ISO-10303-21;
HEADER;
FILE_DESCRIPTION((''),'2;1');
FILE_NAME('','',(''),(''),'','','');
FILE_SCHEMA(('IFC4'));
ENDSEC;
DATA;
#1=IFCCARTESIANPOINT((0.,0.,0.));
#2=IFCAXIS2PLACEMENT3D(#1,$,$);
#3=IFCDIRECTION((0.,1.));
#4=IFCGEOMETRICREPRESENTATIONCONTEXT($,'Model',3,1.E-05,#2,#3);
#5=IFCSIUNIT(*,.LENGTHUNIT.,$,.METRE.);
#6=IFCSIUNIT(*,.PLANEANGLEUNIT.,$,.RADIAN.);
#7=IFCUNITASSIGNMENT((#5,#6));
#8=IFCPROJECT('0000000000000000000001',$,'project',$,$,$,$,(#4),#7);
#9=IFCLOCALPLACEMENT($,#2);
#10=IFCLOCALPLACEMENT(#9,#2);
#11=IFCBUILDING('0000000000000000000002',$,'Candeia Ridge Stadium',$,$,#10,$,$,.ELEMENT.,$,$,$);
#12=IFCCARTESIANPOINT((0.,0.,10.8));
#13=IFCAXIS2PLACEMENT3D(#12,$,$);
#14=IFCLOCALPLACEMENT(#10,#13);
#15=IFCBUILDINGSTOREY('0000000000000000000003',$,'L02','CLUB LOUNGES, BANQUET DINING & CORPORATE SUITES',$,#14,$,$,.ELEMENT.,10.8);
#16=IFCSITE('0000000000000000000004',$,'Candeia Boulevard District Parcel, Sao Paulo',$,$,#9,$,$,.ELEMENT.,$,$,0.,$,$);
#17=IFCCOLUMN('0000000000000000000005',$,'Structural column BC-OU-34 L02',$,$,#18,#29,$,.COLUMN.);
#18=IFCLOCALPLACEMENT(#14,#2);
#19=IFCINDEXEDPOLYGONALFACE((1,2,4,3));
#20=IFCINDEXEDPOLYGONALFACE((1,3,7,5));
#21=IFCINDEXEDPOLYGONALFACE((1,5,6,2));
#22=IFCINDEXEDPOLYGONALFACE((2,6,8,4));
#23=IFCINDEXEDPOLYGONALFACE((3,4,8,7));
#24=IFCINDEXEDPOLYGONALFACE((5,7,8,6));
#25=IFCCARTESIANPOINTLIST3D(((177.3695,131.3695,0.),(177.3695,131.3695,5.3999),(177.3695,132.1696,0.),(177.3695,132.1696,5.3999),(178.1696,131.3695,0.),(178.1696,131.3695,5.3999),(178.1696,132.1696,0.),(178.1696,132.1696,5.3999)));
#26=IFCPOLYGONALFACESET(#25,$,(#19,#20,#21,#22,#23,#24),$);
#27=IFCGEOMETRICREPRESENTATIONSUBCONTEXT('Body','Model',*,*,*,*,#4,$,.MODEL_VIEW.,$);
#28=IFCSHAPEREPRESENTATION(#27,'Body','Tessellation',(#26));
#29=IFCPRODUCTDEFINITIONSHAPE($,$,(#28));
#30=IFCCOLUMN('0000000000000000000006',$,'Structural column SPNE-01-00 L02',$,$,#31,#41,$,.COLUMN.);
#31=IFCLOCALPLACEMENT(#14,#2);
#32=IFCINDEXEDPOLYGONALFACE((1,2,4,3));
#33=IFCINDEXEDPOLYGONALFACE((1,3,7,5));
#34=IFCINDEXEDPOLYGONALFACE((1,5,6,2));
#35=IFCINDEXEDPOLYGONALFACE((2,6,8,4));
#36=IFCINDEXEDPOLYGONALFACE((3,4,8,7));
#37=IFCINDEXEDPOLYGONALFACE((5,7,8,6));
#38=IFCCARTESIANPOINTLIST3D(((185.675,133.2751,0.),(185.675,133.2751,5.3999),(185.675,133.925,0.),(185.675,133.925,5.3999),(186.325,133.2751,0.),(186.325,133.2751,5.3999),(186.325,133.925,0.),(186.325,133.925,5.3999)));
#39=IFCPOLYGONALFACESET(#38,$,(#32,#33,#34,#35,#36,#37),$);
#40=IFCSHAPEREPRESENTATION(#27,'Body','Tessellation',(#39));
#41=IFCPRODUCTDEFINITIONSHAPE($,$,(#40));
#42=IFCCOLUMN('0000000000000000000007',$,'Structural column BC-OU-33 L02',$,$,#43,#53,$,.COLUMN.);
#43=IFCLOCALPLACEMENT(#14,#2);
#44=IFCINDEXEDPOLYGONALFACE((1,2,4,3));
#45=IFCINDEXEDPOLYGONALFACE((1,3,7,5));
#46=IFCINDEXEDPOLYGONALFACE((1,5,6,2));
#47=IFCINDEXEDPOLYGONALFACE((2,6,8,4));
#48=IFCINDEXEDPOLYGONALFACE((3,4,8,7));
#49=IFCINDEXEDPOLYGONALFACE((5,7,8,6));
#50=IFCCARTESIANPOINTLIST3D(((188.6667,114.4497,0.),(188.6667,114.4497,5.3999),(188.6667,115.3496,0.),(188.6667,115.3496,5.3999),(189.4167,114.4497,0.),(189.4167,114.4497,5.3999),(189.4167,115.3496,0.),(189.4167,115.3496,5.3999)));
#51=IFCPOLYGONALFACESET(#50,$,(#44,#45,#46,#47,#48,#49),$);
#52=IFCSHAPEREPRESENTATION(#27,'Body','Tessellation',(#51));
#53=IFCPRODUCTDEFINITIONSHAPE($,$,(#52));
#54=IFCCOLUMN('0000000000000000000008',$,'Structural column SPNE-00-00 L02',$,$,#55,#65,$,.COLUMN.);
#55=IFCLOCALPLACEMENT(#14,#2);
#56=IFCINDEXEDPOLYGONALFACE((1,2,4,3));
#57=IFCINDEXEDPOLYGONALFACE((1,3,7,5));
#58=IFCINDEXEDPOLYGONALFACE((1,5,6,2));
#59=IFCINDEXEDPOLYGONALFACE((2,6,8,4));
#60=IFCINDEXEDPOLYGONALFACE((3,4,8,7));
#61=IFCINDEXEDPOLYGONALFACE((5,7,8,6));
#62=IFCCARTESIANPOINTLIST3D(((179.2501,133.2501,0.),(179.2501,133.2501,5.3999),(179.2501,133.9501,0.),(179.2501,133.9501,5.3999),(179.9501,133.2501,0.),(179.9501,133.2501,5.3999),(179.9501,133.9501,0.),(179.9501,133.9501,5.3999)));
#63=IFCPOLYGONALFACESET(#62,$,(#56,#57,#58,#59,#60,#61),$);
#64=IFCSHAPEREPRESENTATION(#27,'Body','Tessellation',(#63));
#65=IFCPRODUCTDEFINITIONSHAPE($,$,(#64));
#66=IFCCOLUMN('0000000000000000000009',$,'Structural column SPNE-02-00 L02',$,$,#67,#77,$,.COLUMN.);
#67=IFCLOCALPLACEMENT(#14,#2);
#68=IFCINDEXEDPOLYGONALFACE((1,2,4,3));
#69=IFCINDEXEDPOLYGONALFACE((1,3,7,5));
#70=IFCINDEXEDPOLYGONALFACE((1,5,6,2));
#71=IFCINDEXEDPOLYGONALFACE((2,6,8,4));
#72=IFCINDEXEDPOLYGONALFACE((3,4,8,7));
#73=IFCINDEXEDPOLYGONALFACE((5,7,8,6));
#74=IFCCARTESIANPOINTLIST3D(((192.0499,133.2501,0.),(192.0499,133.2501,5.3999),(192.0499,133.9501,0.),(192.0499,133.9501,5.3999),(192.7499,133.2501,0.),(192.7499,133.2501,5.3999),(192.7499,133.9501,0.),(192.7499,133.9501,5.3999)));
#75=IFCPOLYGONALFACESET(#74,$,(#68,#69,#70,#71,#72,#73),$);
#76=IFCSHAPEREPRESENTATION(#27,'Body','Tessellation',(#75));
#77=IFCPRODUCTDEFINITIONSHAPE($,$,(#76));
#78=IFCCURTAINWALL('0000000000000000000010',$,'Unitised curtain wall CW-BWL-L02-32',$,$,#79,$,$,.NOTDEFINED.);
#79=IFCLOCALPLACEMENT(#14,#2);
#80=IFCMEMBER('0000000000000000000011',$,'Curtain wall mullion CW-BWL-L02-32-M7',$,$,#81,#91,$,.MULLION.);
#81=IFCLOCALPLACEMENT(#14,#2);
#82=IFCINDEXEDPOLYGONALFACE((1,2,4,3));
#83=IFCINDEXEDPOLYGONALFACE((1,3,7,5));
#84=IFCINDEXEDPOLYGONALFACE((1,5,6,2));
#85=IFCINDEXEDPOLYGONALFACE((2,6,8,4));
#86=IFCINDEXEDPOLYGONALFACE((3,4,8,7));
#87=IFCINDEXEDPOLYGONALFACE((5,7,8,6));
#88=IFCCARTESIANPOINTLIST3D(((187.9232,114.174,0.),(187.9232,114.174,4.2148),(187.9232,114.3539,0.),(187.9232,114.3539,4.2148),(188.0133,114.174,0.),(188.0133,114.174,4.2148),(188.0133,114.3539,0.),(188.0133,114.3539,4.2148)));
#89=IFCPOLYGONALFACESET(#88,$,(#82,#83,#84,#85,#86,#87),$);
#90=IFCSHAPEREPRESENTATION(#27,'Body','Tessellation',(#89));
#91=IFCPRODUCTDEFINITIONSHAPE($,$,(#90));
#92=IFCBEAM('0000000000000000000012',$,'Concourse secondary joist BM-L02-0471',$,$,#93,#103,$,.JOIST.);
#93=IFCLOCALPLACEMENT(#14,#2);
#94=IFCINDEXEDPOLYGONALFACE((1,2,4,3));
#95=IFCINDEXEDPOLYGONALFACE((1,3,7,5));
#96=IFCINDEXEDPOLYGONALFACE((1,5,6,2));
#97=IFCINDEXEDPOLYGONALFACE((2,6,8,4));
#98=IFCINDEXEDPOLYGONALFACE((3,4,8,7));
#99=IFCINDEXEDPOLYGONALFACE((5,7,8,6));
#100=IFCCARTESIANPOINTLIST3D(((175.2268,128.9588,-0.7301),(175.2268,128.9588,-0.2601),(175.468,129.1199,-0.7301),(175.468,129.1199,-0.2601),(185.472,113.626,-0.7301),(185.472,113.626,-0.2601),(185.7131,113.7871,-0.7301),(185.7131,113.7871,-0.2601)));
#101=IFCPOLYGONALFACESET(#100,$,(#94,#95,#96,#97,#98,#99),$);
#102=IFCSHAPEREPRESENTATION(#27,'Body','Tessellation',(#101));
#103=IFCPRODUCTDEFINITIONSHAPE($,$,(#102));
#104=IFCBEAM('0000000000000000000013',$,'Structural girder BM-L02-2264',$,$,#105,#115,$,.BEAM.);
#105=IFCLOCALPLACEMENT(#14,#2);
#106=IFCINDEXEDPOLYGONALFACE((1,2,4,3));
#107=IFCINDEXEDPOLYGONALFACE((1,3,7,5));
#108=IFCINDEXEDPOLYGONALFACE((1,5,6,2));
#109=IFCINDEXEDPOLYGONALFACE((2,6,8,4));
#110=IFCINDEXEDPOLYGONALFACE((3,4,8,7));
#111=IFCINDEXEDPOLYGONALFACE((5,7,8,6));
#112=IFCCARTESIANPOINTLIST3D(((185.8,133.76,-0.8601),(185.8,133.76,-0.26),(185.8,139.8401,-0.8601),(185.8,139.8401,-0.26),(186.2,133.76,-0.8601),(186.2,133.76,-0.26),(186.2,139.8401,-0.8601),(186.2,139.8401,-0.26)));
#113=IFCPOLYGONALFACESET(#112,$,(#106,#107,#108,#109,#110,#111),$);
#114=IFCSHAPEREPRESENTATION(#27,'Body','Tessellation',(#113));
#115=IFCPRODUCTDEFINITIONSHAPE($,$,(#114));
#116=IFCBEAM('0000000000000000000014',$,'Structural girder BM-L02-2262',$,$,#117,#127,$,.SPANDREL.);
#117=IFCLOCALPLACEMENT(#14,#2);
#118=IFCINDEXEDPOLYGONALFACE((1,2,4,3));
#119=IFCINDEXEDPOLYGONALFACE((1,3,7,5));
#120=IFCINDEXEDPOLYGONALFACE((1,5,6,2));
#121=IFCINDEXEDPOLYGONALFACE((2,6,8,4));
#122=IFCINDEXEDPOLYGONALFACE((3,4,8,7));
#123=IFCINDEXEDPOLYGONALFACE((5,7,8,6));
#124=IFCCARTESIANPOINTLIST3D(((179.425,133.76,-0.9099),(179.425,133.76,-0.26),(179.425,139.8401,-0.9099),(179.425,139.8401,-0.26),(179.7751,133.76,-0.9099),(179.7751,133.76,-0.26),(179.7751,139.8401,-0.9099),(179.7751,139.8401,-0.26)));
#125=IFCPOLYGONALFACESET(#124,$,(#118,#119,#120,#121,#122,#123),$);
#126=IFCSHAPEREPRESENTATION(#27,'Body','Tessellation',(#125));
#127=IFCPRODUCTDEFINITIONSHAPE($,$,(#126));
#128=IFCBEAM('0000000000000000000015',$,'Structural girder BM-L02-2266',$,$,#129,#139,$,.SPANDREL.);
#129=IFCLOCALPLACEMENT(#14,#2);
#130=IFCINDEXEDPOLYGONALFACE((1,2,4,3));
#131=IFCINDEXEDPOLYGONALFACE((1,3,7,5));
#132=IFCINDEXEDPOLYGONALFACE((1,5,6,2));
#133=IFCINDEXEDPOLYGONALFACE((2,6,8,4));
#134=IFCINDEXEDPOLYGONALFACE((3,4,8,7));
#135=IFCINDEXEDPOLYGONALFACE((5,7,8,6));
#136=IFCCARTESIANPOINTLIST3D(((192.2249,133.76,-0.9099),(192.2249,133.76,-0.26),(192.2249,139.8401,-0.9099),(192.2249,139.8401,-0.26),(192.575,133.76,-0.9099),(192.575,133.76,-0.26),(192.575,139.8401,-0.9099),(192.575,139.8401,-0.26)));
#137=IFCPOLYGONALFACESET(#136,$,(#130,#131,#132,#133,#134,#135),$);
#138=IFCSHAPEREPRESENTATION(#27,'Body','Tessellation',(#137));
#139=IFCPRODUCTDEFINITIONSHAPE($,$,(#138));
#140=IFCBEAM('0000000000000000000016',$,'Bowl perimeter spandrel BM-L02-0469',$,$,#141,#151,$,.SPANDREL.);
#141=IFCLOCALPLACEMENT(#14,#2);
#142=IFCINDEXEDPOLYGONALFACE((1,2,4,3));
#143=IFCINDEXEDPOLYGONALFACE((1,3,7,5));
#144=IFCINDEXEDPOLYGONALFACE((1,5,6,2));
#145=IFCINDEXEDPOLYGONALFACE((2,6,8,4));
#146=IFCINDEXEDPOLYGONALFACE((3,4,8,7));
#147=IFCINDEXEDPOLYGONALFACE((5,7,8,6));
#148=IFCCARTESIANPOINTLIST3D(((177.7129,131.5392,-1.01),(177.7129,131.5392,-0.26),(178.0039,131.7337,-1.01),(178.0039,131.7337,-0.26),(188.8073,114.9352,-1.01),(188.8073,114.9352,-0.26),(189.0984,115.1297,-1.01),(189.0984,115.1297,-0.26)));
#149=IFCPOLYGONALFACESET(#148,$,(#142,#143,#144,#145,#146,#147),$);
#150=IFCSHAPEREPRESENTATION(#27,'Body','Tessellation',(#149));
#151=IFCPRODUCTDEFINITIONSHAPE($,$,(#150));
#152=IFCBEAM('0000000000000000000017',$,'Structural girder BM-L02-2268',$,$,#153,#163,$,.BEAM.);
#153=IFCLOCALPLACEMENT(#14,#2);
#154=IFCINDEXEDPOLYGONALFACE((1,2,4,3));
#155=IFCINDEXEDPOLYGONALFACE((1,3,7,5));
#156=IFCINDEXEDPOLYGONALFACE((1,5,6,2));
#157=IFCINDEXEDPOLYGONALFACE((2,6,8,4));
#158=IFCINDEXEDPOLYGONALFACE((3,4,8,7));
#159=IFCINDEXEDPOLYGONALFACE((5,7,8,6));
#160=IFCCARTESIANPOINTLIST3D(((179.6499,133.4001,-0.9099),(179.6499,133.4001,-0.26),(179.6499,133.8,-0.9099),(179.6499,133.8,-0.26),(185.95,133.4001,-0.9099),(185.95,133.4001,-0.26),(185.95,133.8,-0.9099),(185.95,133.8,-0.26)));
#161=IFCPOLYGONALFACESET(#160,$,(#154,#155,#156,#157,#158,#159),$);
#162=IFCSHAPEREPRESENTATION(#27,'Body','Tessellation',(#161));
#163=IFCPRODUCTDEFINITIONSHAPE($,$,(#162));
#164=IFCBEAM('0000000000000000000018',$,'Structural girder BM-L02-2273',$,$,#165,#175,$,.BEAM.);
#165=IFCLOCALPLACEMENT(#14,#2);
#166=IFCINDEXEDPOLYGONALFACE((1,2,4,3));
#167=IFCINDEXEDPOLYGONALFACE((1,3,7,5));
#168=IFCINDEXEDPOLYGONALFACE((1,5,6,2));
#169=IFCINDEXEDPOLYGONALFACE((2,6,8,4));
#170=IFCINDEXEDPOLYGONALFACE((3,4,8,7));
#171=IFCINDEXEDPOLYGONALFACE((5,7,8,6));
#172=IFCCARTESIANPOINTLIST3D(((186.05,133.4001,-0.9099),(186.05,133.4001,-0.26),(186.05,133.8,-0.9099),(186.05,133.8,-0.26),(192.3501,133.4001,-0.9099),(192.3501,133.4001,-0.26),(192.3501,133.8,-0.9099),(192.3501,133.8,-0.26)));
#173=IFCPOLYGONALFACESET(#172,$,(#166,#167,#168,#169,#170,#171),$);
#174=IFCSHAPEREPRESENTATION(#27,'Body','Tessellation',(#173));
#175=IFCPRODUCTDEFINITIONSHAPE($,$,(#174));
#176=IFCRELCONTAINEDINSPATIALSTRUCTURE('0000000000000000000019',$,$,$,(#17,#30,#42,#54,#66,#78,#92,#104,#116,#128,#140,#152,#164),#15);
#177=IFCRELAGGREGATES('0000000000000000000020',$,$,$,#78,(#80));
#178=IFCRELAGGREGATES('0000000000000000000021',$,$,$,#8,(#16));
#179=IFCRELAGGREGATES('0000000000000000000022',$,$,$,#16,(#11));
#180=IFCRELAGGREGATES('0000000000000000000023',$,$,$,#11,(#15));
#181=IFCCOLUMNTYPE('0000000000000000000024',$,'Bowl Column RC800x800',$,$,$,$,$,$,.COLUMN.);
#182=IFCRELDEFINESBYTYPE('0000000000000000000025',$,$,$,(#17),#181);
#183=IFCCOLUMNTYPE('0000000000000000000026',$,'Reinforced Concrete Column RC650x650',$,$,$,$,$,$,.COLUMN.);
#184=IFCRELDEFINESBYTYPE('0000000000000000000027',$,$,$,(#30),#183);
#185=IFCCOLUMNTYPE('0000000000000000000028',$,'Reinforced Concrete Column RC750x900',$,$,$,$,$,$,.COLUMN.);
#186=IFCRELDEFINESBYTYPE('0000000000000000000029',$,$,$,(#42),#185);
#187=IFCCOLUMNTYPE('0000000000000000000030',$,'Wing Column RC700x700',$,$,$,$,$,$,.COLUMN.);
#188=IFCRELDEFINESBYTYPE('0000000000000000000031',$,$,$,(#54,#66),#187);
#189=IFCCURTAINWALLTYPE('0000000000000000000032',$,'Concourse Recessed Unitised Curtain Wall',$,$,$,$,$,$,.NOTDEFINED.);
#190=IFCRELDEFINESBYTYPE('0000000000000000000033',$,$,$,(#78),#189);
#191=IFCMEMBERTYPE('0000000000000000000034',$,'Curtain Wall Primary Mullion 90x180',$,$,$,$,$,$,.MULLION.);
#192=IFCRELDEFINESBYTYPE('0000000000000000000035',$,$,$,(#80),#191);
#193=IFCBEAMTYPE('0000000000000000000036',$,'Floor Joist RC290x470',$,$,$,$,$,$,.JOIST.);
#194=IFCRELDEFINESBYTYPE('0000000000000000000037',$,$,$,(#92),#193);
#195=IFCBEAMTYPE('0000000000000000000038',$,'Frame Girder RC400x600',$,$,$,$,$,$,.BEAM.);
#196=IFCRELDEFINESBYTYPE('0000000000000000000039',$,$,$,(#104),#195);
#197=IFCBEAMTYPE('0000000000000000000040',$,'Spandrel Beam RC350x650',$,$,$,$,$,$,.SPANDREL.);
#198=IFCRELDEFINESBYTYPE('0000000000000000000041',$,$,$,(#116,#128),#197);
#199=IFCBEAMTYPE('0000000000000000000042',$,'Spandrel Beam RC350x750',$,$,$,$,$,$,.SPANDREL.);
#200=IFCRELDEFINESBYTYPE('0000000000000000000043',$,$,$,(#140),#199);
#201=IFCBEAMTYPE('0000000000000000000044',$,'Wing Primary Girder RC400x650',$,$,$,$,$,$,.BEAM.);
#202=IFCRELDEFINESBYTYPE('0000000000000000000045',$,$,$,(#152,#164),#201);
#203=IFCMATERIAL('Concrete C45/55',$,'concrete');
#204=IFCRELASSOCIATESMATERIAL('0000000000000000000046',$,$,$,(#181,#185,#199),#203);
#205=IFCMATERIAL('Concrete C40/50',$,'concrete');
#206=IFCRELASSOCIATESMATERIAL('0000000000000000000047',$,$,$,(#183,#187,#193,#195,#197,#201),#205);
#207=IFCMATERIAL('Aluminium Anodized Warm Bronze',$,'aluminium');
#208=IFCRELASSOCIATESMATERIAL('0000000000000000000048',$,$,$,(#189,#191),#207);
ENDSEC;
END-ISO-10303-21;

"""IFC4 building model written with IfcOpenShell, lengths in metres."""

from ifc_helpers import new_model, si_unit, direction, frame, origin, origin_2d, place, context, subcontext, project, spatial, rectangle, extrude, material, material_profile, profile_set, type_object, element, aggregate, save


model = new_model("IFC4")

# Units and contexts
model_context = context("Model", 3, precision=1e-05, world=origin(), true_north=direction((0.0, 1.0)))
body_context = subcontext(model_context, "Body", "Model", "MODEL_VIEW")
ifc_project = project(units=[si_unit("LENGTHUNIT", "METRE"), si_unit("PLANEANGLEUNIT", "RADIAN")], contexts=[model_context])

# Site, building, storey
site_placement = place(None, origin())
site = spatial("IfcSite", under=ifc_project, at=site_placement, Name="Candeia Boulevard District Parcel, Sao Paulo", CompositionType="ELEMENT", RefElevation=0.0)
building_placement = place(site_placement, origin())
building = spatial("IfcBuilding", under=site, at=building_placement, Name="Candeia Ridge Stadium", CompositionType="ELEMENT")
storey_placement = place(building_placement, frame((0.0, 0.0, 10.8)))
storey = spatial("IfcBuildingStorey", under=building, at=storey_placement, Name="L02", Description="CLUB LOUNGES, BANQUET DINING & CORPORATE SUITES", CompositionType="ELEMENT", Elevation=10.8)

# Columns
ifc_material_1 = material(Name="Concrete C45/55", Category="concrete")
ifc_material_profile_1 = material_profile(ifc_material_1, rectangle(XDim=0.8, YDim=0.8, at=origin_2d()), Name="RC800x800", Category="concrete")
ifc_profile_set_1 = profile_set([ifc_material_profile_1], Name="Concrete C45/55")
column_type_1 = type_object("IfcColumnType", Name="Bowl Column RC800x800", PredefinedType="COLUMN", material=ifc_profile_set_1)
column_1_placement = place(storey_placement, frame((177.7695, 131.7695, 0.0), z_axis=(0.0, 0.0, 1.0), x_axis=(1.0, 0.0, 0.0)))
element("IfcColumn", 1, at=column_1_placement, inside=storey, type_object=column_type_1, Name="Structural column BC-OU-34 L02", PredefinedType="COLUMN", context=body_context, shape_type="SweptSolid", body=[
    extrude(rectangle(XDim=0.8, YDim=0.8, at=origin_2d()), origin(), (0.0, 0.0, 1.0), 5.3999),
])
ifc_material_2 = material(Name="Concrete C40/50", Category="concrete")
ifc_material_profile_2 = material_profile(ifc_material_2, rectangle(XDim=0.6499, YDim=0.6499, at=origin_2d()), Name="RC650x650", Category="concrete")
ifc_profile_set_2 = profile_set([ifc_material_profile_2], Name="Concrete C40/50")
column_type_2 = type_object("IfcColumnType", Name="Reinforced Concrete Column RC650x650", PredefinedType="COLUMN", material=ifc_profile_set_2)
column_2_placement = place(storey_placement, frame((186.0, 133.6001, 0.0), z_axis=(0.0, 0.0, 1.0), x_axis=(1.0, 0.0, 0.0)))
element("IfcColumn", 2, at=column_2_placement, inside=storey, type_object=column_type_2, Name="Structural column SPNE-01-00 L02", PredefinedType="COLUMN", context=body_context, shape_type="SweptSolid", body=[
    extrude(rectangle(XDim=0.6499, YDim=0.6499, at=origin_2d()), origin(), (0.0, 0.0, 1.0), 5.3999),
])
ifc_material_profile_3 = material_profile(ifc_material_1, rectangle(XDim=0.75, YDim=0.8999, at=origin_2d()), Name="RC750x900", Category="concrete")
ifc_profile_set_3 = profile_set([ifc_material_profile_3], Name="Concrete C45/55")
column_type_3 = type_object("IfcColumnType", Name="Reinforced Concrete Column RC750x900", PredefinedType="COLUMN", material=ifc_profile_set_3)
column_3_placement = place(storey_placement, frame((189.0417, 114.8997, 0.0), z_axis=(0.0, 0.0, 1.0), x_axis=(1.0, 0.0, 0.0)))
element("IfcColumn", 3, at=column_3_placement, inside=storey, type_object=column_type_3, Name="Structural column BC-OU-33 L02", PredefinedType="COLUMN", context=body_context, shape_type="SweptSolid", body=[
    extrude(rectangle(XDim=0.75, YDim=0.8999, at=origin_2d()), origin(), (0.0, 0.0, 1.0), 5.3999),
])
ifc_material_profile_4 = material_profile(ifc_material_2, rectangle(XDim=0.7, YDim=0.7, at=origin_2d()), Name="RC700x700", Category="concrete")
ifc_profile_set_4 = profile_set([ifc_material_profile_4], Name="Concrete C40/50")
column_type_4 = type_object("IfcColumnType", Name="Wing Column RC700x700", PredefinedType="COLUMN", material=ifc_profile_set_4)
for number, where, z_axis, x_axis, name in (
    (4, (179.6001, 133.6001, 0.0), (0.0, 0.0, 1.0), (1.0, 0.0, 0.0), "Structural column SPNE-00-00 L02"),
    (5, (192.3999, 133.6001, 0.0), (0.0, 0.0, 1.0), (1.0, 0.0, 0.0), "Structural column SPNE-02-00 L02"),
):
    element("IfcColumn", number, at=place(storey_placement, frame(where, z_axis=z_axis, x_axis=x_axis)), inside=storey, type_object=column_type_4, Name=name, PredefinedType="COLUMN", context=body_context, shape_type="SweptSolid", body=[
        extrude(rectangle(XDim=0.7, YDim=0.7, at=origin_2d()), origin(), (0.0, 0.0, 1.0), 5.3999),
    ])

# Curtain wall, member
ifc_material_3 = material(Name="Aluminium Anodized Warm Bronze", Category="aluminium")
curtain_wall_type = type_object("IfcCurtainWallType", Name="Concourse Recessed Unitised Curtain Wall", PredefinedType="NOTDEFINED", material=ifc_material_3)
curtain_wall_placement = place(storey_placement, origin())
curtain_wall = element("IfcCurtainWall", 6, at=curtain_wall_placement, inside=storey, type_object=curtain_wall_type, Name="Unitised curtain wall CW-BWL-L02-32", PredefinedType="NOTDEFINED")
ifc_material_profile_5 = material_profile(ifc_material_3, rectangle(XDim=0.0901, YDim=0.1799, at=origin_2d()), Name="CWM-90x180", Category="aluminium")
ifc_profile_set_5 = profile_set([ifc_material_profile_5], Name="Aluminium Anodized Warm Bronze")
member_type = type_object("IfcMemberType", Name="Curtain Wall Primary Mullion 90x180", PredefinedType="MULLION", material=ifc_profile_set_5)
member_placement = place(storey_placement, frame((187.9683, 114.2639, 0.0), z_axis=(0.0, 0.0, 1.0), x_axis=(1.0, 0.0, 0.0)))
member = element("IfcMember", 7, at=member_placement, type_object=member_type, Name="Curtain wall mullion CW-BWL-L02-32-M7", PredefinedType="MULLION", context=body_context, shape_type="SweptSolid", body=[
    extrude(rectangle(XDim=0.0901, YDim=0.1799, at=origin_2d()), origin(), (0.0, 0.0, 1.0), 4.2148),
])

# Beams
ifc_material_profile_6 = material_profile(ifc_material_2, rectangle(XDim=0.29, YDim=0.47, at=origin_2d()), Name="RC290x470", Category="concrete")
ifc_profile_set_6 = profile_set([ifc_material_profile_6], Name="Concrete C40/50")
beam_type_1 = type_object("IfcBeamType", Name="Floor Joist RC290x470", PredefinedType="JOIST", material=ifc_profile_set_6)
beam_1_placement = place(storey_placement, frame((185.5925, 113.7065, -0.4951), z_axis=(-0.555574, 0.831467, 0.0), x_axis=(-0.831467, -0.555574, 0.0)))
element("IfcBeam", 8, at=beam_1_placement, inside=storey, type_object=beam_type_1, Name="Concourse secondary joist BM-L02-0471", PredefinedType="JOIST", context=body_context, shape_type="SweptSolid", body=[
    extrude(rectangle(XDim=0.29, YDim=0.47, at=origin_2d()), origin(), (0.0, 0.0, 1.0), 18.4407),
])
ifc_material_profile_7 = material_profile(ifc_material_2, rectangle(XDim=0.3999, YDim=0.6001, at=origin_2d()), Name="RC400x600", Category="concrete")
ifc_profile_set_7 = profile_set([ifc_material_profile_7], Name="Concrete C40/50")
beam_type_2 = type_object("IfcBeamType", Name="Frame Girder RC400x600", PredefinedType="BEAM", material=ifc_profile_set_7)
beam_2_placement = place(storey_placement, frame((186.0, 133.76, -0.5601), z_axis=(0.0, 1.0, 0.0), x_axis=(-1.0, 0.0, 0.0)))
element("IfcBeam", 9, at=beam_2_placement, inside=storey, type_object=beam_type_2, Name="Structural girder BM-L02-2264", PredefinedType="BEAM", context=body_context, shape_type="SweptSolid", body=[
    extrude(rectangle(XDim=0.3999, YDim=0.6001, at=origin_2d()), origin(), (0.0, 0.0, 1.0), 6.0801),
])
ifc_material_profile_8 = material_profile(ifc_material_2, rectangle(XDim=0.3501, YDim=0.6499, at=origin_2d()), Name="RC350x650", Category="concrete")
ifc_profile_set_8 = profile_set([ifc_material_profile_8], Name="Concrete C40/50")
beam_type_3 = type_object("IfcBeamType", Name="Spandrel Beam RC350x650", PredefinedType="SPANDREL", material=ifc_profile_set_8)
for number, where, z_axis, x_axis, name in (
    (10, (179.6001, 133.76, -0.585), (0.0, 1.0, 0.0), (-1.0, 0.0, 0.0), "Structural girder BM-L02-2262"),
    (11, (192.3999, 133.76, -0.585), (0.0, 1.0, 0.0), (-1.0, 0.0, 0.0), "Structural girder BM-L02-2266"),
):
    element("IfcBeam", number, at=place(storey_placement, frame(where, z_axis=z_axis, x_axis=x_axis)), inside=storey, type_object=beam_type_3, Name=name, PredefinedType="SPANDREL", context=body_context, shape_type="SweptSolid", body=[
        extrude(rectangle(XDim=0.3501, YDim=0.6499, at=origin_2d()), origin(), (0.0, 0.0, 1.0), 6.0801),
    ])
ifc_material_profile_9 = material_profile(ifc_material_1, rectangle(XDim=0.3501, YDim=0.75, at=origin_2d()), Name="RC350x750", Category="concrete")
ifc_profile_set_9 = profile_set([ifc_material_profile_9], Name="Concrete C45/55")
beam_type_4 = type_object("IfcBeamType", Name="Spandrel Beam RC350x750", PredefinedType="SPANDREL", material=ifc_profile_set_9)
beam_3_placement = place(storey_placement, frame((188.9529, 115.0325, -0.635), z_axis=(-0.555572, 0.831469, 0.0), x_axis=(-0.831469, -0.555572, 0.0)))
element("IfcBeam", 12, at=beam_3_placement, inside=storey, type_object=beam_type_4, Name="Bowl perimeter spandrel BM-L02-0469", PredefinedType="SPANDREL", context=body_context, shape_type="SweptSolid", body=[
    extrude(rectangle(XDim=0.3501, YDim=0.75, at=origin_2d()), origin(), (0.0, 0.0, 1.0), 19.9695),
])
ifc_material_profile_10 = material_profile(ifc_material_2, rectangle(XDim=0.3999, YDim=0.6499, at=origin_2d()), Name="RC400x650", Category="concrete")
ifc_profile_set_10 = profile_set([ifc_material_profile_10], Name="Concrete C40/50")
beam_type_5 = type_object("IfcBeamType", Name="Wing Primary Girder RC400x650", PredefinedType="BEAM", material=ifc_profile_set_10)
for number, where, z_axis, x_axis, name in (
    (13, (179.6499, 133.6001, -0.585), (1.0, 0.0, 0.0), (0.0, 1.0, 0.0), "Structural girder BM-L02-2268"),
    (14, (186.05, 133.6001, -0.585), (1.0, 0.0, 0.0), (0.0, 1.0, 0.0), "Structural girder BM-L02-2273"),
):
    element("IfcBeam", number, at=place(storey_placement, frame(where, z_axis=z_axis, x_axis=x_axis)), inside=storey, type_object=beam_type_5, Name=name, PredefinedType="BEAM", context=body_context, shape_type="SweptSolid", body=[
        extrude(rectangle(XDim=0.3999, YDim=0.6499, at=origin_2d()), origin(), (0.0, 0.0, 1.0), 6.3),
    ])

aggregate(curtain_wall, [member])

save(model, "model.ifc")
